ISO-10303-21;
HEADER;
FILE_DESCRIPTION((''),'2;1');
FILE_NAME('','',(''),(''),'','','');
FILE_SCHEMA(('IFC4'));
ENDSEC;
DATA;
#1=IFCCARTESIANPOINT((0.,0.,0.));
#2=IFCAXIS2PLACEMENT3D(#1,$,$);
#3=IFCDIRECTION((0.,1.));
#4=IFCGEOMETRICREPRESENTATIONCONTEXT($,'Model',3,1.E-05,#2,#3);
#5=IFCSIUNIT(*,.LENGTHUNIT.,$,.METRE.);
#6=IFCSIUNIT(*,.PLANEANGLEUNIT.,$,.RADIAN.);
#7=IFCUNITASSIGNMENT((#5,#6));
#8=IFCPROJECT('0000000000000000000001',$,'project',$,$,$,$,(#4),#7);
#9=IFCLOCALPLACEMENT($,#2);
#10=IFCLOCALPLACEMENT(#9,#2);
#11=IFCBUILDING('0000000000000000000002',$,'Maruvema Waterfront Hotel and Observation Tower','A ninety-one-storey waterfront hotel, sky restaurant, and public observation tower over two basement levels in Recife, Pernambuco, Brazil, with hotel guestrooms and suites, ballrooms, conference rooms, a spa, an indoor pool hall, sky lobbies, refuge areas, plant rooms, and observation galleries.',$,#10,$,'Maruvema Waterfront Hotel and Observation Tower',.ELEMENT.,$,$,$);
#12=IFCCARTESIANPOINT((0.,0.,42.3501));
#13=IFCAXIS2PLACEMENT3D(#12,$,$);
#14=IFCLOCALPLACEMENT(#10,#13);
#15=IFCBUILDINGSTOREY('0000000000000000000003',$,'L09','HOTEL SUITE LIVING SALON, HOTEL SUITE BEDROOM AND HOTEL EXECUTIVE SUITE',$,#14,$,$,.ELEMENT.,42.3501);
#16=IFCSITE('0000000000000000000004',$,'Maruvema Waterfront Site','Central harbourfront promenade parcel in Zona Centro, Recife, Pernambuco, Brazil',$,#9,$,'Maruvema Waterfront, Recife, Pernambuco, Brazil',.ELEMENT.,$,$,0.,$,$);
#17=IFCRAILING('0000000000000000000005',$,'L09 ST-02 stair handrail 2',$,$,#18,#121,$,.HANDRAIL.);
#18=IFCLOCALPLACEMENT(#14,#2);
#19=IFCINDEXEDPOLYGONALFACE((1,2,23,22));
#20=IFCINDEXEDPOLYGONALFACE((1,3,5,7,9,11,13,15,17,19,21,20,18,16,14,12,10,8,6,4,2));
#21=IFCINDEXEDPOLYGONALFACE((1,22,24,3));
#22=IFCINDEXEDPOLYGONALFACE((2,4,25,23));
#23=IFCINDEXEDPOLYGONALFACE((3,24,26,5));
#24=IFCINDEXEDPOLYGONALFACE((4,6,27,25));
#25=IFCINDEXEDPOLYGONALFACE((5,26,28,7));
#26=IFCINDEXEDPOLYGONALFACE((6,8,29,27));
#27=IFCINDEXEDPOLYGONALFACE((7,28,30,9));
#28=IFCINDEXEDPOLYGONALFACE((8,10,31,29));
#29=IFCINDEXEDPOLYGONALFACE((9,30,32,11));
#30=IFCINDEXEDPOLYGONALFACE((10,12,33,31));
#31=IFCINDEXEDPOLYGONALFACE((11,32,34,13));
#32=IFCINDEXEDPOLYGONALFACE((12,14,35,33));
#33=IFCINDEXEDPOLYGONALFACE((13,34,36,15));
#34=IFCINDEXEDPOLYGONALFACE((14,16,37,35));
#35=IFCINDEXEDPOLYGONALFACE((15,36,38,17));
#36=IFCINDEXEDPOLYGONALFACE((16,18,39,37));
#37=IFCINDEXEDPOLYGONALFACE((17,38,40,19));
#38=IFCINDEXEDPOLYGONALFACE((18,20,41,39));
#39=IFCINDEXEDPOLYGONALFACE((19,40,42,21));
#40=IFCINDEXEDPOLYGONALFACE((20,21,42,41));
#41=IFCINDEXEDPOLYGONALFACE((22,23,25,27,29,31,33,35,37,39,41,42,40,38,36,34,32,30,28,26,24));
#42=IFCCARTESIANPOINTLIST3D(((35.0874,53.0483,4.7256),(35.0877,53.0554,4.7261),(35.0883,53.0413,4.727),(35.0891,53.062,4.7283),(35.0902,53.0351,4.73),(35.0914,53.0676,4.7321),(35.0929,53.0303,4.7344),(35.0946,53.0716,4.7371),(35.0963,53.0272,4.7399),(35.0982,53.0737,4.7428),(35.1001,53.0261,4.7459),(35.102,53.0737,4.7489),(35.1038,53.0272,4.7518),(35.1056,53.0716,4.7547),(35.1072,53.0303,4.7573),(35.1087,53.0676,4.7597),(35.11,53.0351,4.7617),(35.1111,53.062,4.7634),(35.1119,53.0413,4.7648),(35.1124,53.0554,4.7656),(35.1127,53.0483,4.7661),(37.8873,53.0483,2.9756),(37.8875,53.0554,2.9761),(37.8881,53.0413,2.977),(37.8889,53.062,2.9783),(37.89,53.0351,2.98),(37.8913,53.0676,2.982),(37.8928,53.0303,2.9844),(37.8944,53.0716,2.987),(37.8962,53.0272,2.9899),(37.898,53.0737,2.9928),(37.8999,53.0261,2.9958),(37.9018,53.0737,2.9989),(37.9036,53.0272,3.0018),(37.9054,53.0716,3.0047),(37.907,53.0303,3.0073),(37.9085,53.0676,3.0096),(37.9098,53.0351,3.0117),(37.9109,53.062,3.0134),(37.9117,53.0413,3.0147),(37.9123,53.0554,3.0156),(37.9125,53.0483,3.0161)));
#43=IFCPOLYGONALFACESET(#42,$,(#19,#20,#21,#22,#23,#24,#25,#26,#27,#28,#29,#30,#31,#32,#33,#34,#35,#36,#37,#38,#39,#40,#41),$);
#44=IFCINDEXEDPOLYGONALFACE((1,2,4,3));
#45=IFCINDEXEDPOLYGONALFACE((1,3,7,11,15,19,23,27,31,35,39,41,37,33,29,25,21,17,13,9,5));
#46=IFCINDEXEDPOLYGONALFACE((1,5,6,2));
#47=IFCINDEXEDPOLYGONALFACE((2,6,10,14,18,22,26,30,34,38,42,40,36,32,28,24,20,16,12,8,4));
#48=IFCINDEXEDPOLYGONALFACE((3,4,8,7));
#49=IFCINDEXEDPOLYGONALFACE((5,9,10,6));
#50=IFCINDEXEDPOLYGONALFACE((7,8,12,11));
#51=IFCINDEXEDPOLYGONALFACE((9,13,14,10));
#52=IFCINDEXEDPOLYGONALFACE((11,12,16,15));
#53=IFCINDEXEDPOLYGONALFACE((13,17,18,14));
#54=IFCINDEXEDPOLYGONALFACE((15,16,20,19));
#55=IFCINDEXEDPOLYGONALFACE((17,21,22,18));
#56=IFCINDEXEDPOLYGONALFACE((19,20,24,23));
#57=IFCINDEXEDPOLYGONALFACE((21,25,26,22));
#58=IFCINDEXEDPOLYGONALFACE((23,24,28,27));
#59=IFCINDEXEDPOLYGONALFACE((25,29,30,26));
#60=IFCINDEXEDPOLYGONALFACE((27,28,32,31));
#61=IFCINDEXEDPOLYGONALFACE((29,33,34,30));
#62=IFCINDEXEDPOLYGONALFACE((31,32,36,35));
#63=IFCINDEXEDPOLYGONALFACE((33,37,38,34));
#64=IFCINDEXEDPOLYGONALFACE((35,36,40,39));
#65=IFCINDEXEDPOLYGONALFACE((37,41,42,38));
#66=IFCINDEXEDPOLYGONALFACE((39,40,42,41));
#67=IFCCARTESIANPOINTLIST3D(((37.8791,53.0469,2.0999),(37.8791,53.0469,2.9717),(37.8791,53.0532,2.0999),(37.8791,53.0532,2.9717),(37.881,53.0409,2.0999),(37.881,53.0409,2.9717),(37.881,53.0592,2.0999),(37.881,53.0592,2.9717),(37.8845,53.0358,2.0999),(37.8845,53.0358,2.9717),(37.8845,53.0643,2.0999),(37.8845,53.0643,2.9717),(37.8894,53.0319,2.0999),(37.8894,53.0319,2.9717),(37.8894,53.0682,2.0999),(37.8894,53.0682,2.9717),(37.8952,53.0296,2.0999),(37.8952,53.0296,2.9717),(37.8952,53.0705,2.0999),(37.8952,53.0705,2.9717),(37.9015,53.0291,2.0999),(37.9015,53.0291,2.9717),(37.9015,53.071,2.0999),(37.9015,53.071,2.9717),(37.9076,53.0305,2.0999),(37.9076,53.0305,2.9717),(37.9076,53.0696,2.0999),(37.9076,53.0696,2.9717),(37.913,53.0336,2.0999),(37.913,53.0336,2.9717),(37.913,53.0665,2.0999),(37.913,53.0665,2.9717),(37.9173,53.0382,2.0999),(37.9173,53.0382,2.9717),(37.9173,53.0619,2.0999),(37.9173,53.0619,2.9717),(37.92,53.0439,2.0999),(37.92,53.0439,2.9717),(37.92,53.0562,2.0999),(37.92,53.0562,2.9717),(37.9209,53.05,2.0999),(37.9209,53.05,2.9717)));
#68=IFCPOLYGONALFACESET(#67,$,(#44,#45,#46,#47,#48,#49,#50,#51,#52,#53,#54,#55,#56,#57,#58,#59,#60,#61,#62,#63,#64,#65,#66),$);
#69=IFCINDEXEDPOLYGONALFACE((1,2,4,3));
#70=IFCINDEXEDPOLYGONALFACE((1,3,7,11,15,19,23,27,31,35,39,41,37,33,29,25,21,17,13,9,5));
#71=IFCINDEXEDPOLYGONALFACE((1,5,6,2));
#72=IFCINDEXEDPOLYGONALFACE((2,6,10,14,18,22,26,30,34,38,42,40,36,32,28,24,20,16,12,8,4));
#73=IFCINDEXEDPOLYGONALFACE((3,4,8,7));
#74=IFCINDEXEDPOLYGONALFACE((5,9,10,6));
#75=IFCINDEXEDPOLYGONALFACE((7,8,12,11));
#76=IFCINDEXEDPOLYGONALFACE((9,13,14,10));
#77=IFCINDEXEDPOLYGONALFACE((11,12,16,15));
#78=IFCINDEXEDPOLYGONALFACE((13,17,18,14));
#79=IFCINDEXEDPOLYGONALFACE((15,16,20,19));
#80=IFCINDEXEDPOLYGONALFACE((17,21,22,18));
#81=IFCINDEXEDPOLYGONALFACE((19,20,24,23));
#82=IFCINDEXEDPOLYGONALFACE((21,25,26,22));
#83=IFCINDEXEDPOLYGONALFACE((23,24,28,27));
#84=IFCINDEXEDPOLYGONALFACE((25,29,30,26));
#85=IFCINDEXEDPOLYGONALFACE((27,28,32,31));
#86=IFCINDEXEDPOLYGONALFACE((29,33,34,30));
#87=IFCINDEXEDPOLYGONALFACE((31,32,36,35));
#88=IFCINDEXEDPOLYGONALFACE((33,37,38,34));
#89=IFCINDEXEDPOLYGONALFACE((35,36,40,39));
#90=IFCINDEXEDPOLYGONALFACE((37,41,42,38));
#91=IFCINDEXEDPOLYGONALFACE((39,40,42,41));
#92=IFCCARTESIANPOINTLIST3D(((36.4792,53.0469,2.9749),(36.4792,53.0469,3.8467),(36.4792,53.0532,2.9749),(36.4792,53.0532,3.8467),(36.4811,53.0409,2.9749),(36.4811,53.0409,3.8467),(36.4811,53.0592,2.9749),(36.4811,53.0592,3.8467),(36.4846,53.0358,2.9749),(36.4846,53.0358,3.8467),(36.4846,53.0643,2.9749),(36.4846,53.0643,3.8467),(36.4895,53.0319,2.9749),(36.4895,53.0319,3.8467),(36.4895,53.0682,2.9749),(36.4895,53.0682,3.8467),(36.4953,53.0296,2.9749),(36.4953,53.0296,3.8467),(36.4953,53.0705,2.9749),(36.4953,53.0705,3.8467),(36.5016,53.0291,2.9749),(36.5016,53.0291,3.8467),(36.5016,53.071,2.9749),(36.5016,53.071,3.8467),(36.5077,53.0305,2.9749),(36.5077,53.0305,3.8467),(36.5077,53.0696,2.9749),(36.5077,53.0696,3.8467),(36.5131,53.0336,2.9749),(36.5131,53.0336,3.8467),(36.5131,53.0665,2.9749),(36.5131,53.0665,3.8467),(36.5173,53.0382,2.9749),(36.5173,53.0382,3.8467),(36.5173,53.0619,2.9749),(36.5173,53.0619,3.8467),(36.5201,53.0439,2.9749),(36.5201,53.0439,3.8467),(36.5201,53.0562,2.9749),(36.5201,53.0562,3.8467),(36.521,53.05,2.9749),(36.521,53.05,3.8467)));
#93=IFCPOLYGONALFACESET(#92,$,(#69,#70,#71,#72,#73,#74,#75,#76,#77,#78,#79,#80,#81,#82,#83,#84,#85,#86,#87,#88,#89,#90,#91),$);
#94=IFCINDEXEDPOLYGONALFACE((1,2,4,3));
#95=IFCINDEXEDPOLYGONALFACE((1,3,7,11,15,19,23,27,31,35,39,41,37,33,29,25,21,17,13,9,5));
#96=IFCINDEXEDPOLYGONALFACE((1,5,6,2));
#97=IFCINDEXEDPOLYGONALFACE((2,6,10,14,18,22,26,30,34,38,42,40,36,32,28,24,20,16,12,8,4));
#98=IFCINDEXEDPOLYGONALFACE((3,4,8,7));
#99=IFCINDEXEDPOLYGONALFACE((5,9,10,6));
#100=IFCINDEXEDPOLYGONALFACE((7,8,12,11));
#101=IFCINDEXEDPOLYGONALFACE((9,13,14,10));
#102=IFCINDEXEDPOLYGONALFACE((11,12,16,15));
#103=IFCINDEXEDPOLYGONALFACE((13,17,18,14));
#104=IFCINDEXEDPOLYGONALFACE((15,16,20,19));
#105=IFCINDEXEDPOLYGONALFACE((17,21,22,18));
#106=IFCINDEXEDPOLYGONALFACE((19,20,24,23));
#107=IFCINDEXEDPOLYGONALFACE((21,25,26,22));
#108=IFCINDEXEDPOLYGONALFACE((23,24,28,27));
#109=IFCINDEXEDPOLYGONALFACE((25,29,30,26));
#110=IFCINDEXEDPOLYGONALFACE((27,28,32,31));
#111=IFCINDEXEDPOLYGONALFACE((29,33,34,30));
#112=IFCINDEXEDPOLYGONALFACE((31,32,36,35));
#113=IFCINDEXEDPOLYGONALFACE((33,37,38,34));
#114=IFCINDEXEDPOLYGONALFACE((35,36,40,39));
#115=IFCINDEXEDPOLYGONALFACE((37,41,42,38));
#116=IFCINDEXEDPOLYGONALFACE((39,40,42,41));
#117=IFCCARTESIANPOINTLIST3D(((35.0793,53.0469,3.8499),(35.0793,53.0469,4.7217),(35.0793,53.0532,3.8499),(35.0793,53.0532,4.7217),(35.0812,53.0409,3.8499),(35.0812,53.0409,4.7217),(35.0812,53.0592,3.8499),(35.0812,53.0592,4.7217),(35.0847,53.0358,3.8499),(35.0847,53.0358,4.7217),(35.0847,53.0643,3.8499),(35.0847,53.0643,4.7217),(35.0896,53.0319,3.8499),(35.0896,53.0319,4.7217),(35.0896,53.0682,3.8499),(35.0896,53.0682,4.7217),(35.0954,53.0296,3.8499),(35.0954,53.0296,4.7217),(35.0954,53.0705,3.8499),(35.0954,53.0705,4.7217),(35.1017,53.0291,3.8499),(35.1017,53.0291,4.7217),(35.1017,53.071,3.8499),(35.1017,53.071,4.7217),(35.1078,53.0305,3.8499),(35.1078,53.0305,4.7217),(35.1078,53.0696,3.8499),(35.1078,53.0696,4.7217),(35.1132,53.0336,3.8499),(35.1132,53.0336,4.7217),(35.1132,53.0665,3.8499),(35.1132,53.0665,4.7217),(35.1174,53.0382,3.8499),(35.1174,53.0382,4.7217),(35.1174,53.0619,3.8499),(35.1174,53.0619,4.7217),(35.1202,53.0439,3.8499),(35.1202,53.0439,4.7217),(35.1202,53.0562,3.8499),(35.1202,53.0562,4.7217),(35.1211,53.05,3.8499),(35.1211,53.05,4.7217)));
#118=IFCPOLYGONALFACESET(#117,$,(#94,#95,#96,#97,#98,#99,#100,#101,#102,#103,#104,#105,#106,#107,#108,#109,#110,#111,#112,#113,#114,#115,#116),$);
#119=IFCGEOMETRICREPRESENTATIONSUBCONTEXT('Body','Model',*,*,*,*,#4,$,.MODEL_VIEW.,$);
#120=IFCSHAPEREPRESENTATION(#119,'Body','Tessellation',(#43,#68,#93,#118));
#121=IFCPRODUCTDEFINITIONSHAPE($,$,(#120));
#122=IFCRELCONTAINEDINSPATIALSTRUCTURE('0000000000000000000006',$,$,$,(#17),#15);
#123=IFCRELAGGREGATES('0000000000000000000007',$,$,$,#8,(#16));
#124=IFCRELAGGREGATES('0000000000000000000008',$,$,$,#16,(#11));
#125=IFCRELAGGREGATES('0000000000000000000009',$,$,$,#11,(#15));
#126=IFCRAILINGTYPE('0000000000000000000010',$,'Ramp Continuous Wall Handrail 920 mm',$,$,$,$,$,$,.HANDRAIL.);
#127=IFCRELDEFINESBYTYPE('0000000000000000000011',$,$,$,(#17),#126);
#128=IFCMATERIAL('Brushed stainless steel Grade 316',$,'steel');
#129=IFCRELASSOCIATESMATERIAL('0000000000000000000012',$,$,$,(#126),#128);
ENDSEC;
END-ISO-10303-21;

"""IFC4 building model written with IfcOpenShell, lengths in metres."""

from ifc_helpers import new_model, si_unit, direction, frame, origin, origin_2d, place, context, subcontext, project, spatial, circle, extrude, material, type_object, element, save


model = new_model("IFC4")

# Units and contexts
model_context = context("Model", 3, precision=1e-05, world=origin(), true_north=direction((0.0, 1.0)))
body_context = subcontext(model_context, "Body", "Model", "MODEL_VIEW")
ifc_project = project(units=[si_unit("LENGTHUNIT", "METRE"), si_unit("PLANEANGLEUNIT", "RADIAN")], contexts=[model_context])

# Site, building, storey
site_placement = place(None, origin())
site = spatial("IfcSite", under=ifc_project, at=site_placement, Name="Maruvema Waterfront Site", Description="Central harbourfront promenade parcel in Zona Centro, Recife, Pernambuco, Brazil", LongName="Maruvema Waterfront, Recife, Pernambuco, Brazil", CompositionType="ELEMENT", RefElevation=0.0)
building_placement = place(site_placement, origin())
building = spatial("IfcBuilding", under=site, at=building_placement, Name="Maruvema Waterfront Hotel and Observation Tower", Description="A ninety-one-storey waterfront hotel, sky restaurant, and public observation tower over two basement levels in Recife, Pernambuco, Brazil, with hotel guestrooms and suites, ballrooms, conference rooms, a spa, an indoor pool hall, sky lobbies, refuge areas, plant rooms, and observation galleries.", LongName="Maruvema Waterfront Hotel and Observation Tower", CompositionType="ELEMENT")
storey_placement = place(building_placement, frame((0.0, 0.0, 42.3501)))
storey = spatial("IfcBuildingStorey", under=building, at=storey_placement, Name="L09", Description="HOTEL SUITE LIVING SALON, HOTEL SUITE BEDROOM AND HOTEL EXECUTIVE SUITE", CompositionType="ELEMENT", Elevation=42.3501)

# Railing
ifc_material_1 = material(Name="Brushed stainless steel Grade 316", Category="steel")
railing_type_1 = type_object("IfcRailingType", Name="Ramp Continuous Wall Handrail 920 mm", PredefinedType="HANDRAIL", material=ifc_material_1)
railing_1_placement = place(storey_placement, frame((37.8999, 53.05, 2.0999)))
element("IfcRailing", 1, at=railing_1_placement, inside=storey, type_object=railing_type_1, Name="L09 ST-02 stair handrail 2", PredefinedType="HANDRAIL", context=body_context, shape_type="SweptSolid", body=[
    extrude(circle(Radius=0.0239, at=origin_2d()), frame((0.0, 0.0, 0.896), z_axis=(-0.847982, 0.0, 0.530026), x_axis=(0.0, -1.0, 0.0)), (0.0, 0.0, 1.0), 3.3018),
    extrude(circle(Radius=0.021, at=origin_2d()), origin(), (0.0, 0.0, 1.0), 0.8718),
    extrude(circle(Radius=0.021, at=origin_2d()), frame((-1.3999, 0.0, 0.875)), (0.0, 0.0, 1.0), 0.8718),
    extrude(circle(Radius=0.021, at=origin_2d()), frame((-2.7998, 0.0, 1.75)), (0.0, 0.0, 1.0), 0.8718),
])

save(model, "model.ifc")
